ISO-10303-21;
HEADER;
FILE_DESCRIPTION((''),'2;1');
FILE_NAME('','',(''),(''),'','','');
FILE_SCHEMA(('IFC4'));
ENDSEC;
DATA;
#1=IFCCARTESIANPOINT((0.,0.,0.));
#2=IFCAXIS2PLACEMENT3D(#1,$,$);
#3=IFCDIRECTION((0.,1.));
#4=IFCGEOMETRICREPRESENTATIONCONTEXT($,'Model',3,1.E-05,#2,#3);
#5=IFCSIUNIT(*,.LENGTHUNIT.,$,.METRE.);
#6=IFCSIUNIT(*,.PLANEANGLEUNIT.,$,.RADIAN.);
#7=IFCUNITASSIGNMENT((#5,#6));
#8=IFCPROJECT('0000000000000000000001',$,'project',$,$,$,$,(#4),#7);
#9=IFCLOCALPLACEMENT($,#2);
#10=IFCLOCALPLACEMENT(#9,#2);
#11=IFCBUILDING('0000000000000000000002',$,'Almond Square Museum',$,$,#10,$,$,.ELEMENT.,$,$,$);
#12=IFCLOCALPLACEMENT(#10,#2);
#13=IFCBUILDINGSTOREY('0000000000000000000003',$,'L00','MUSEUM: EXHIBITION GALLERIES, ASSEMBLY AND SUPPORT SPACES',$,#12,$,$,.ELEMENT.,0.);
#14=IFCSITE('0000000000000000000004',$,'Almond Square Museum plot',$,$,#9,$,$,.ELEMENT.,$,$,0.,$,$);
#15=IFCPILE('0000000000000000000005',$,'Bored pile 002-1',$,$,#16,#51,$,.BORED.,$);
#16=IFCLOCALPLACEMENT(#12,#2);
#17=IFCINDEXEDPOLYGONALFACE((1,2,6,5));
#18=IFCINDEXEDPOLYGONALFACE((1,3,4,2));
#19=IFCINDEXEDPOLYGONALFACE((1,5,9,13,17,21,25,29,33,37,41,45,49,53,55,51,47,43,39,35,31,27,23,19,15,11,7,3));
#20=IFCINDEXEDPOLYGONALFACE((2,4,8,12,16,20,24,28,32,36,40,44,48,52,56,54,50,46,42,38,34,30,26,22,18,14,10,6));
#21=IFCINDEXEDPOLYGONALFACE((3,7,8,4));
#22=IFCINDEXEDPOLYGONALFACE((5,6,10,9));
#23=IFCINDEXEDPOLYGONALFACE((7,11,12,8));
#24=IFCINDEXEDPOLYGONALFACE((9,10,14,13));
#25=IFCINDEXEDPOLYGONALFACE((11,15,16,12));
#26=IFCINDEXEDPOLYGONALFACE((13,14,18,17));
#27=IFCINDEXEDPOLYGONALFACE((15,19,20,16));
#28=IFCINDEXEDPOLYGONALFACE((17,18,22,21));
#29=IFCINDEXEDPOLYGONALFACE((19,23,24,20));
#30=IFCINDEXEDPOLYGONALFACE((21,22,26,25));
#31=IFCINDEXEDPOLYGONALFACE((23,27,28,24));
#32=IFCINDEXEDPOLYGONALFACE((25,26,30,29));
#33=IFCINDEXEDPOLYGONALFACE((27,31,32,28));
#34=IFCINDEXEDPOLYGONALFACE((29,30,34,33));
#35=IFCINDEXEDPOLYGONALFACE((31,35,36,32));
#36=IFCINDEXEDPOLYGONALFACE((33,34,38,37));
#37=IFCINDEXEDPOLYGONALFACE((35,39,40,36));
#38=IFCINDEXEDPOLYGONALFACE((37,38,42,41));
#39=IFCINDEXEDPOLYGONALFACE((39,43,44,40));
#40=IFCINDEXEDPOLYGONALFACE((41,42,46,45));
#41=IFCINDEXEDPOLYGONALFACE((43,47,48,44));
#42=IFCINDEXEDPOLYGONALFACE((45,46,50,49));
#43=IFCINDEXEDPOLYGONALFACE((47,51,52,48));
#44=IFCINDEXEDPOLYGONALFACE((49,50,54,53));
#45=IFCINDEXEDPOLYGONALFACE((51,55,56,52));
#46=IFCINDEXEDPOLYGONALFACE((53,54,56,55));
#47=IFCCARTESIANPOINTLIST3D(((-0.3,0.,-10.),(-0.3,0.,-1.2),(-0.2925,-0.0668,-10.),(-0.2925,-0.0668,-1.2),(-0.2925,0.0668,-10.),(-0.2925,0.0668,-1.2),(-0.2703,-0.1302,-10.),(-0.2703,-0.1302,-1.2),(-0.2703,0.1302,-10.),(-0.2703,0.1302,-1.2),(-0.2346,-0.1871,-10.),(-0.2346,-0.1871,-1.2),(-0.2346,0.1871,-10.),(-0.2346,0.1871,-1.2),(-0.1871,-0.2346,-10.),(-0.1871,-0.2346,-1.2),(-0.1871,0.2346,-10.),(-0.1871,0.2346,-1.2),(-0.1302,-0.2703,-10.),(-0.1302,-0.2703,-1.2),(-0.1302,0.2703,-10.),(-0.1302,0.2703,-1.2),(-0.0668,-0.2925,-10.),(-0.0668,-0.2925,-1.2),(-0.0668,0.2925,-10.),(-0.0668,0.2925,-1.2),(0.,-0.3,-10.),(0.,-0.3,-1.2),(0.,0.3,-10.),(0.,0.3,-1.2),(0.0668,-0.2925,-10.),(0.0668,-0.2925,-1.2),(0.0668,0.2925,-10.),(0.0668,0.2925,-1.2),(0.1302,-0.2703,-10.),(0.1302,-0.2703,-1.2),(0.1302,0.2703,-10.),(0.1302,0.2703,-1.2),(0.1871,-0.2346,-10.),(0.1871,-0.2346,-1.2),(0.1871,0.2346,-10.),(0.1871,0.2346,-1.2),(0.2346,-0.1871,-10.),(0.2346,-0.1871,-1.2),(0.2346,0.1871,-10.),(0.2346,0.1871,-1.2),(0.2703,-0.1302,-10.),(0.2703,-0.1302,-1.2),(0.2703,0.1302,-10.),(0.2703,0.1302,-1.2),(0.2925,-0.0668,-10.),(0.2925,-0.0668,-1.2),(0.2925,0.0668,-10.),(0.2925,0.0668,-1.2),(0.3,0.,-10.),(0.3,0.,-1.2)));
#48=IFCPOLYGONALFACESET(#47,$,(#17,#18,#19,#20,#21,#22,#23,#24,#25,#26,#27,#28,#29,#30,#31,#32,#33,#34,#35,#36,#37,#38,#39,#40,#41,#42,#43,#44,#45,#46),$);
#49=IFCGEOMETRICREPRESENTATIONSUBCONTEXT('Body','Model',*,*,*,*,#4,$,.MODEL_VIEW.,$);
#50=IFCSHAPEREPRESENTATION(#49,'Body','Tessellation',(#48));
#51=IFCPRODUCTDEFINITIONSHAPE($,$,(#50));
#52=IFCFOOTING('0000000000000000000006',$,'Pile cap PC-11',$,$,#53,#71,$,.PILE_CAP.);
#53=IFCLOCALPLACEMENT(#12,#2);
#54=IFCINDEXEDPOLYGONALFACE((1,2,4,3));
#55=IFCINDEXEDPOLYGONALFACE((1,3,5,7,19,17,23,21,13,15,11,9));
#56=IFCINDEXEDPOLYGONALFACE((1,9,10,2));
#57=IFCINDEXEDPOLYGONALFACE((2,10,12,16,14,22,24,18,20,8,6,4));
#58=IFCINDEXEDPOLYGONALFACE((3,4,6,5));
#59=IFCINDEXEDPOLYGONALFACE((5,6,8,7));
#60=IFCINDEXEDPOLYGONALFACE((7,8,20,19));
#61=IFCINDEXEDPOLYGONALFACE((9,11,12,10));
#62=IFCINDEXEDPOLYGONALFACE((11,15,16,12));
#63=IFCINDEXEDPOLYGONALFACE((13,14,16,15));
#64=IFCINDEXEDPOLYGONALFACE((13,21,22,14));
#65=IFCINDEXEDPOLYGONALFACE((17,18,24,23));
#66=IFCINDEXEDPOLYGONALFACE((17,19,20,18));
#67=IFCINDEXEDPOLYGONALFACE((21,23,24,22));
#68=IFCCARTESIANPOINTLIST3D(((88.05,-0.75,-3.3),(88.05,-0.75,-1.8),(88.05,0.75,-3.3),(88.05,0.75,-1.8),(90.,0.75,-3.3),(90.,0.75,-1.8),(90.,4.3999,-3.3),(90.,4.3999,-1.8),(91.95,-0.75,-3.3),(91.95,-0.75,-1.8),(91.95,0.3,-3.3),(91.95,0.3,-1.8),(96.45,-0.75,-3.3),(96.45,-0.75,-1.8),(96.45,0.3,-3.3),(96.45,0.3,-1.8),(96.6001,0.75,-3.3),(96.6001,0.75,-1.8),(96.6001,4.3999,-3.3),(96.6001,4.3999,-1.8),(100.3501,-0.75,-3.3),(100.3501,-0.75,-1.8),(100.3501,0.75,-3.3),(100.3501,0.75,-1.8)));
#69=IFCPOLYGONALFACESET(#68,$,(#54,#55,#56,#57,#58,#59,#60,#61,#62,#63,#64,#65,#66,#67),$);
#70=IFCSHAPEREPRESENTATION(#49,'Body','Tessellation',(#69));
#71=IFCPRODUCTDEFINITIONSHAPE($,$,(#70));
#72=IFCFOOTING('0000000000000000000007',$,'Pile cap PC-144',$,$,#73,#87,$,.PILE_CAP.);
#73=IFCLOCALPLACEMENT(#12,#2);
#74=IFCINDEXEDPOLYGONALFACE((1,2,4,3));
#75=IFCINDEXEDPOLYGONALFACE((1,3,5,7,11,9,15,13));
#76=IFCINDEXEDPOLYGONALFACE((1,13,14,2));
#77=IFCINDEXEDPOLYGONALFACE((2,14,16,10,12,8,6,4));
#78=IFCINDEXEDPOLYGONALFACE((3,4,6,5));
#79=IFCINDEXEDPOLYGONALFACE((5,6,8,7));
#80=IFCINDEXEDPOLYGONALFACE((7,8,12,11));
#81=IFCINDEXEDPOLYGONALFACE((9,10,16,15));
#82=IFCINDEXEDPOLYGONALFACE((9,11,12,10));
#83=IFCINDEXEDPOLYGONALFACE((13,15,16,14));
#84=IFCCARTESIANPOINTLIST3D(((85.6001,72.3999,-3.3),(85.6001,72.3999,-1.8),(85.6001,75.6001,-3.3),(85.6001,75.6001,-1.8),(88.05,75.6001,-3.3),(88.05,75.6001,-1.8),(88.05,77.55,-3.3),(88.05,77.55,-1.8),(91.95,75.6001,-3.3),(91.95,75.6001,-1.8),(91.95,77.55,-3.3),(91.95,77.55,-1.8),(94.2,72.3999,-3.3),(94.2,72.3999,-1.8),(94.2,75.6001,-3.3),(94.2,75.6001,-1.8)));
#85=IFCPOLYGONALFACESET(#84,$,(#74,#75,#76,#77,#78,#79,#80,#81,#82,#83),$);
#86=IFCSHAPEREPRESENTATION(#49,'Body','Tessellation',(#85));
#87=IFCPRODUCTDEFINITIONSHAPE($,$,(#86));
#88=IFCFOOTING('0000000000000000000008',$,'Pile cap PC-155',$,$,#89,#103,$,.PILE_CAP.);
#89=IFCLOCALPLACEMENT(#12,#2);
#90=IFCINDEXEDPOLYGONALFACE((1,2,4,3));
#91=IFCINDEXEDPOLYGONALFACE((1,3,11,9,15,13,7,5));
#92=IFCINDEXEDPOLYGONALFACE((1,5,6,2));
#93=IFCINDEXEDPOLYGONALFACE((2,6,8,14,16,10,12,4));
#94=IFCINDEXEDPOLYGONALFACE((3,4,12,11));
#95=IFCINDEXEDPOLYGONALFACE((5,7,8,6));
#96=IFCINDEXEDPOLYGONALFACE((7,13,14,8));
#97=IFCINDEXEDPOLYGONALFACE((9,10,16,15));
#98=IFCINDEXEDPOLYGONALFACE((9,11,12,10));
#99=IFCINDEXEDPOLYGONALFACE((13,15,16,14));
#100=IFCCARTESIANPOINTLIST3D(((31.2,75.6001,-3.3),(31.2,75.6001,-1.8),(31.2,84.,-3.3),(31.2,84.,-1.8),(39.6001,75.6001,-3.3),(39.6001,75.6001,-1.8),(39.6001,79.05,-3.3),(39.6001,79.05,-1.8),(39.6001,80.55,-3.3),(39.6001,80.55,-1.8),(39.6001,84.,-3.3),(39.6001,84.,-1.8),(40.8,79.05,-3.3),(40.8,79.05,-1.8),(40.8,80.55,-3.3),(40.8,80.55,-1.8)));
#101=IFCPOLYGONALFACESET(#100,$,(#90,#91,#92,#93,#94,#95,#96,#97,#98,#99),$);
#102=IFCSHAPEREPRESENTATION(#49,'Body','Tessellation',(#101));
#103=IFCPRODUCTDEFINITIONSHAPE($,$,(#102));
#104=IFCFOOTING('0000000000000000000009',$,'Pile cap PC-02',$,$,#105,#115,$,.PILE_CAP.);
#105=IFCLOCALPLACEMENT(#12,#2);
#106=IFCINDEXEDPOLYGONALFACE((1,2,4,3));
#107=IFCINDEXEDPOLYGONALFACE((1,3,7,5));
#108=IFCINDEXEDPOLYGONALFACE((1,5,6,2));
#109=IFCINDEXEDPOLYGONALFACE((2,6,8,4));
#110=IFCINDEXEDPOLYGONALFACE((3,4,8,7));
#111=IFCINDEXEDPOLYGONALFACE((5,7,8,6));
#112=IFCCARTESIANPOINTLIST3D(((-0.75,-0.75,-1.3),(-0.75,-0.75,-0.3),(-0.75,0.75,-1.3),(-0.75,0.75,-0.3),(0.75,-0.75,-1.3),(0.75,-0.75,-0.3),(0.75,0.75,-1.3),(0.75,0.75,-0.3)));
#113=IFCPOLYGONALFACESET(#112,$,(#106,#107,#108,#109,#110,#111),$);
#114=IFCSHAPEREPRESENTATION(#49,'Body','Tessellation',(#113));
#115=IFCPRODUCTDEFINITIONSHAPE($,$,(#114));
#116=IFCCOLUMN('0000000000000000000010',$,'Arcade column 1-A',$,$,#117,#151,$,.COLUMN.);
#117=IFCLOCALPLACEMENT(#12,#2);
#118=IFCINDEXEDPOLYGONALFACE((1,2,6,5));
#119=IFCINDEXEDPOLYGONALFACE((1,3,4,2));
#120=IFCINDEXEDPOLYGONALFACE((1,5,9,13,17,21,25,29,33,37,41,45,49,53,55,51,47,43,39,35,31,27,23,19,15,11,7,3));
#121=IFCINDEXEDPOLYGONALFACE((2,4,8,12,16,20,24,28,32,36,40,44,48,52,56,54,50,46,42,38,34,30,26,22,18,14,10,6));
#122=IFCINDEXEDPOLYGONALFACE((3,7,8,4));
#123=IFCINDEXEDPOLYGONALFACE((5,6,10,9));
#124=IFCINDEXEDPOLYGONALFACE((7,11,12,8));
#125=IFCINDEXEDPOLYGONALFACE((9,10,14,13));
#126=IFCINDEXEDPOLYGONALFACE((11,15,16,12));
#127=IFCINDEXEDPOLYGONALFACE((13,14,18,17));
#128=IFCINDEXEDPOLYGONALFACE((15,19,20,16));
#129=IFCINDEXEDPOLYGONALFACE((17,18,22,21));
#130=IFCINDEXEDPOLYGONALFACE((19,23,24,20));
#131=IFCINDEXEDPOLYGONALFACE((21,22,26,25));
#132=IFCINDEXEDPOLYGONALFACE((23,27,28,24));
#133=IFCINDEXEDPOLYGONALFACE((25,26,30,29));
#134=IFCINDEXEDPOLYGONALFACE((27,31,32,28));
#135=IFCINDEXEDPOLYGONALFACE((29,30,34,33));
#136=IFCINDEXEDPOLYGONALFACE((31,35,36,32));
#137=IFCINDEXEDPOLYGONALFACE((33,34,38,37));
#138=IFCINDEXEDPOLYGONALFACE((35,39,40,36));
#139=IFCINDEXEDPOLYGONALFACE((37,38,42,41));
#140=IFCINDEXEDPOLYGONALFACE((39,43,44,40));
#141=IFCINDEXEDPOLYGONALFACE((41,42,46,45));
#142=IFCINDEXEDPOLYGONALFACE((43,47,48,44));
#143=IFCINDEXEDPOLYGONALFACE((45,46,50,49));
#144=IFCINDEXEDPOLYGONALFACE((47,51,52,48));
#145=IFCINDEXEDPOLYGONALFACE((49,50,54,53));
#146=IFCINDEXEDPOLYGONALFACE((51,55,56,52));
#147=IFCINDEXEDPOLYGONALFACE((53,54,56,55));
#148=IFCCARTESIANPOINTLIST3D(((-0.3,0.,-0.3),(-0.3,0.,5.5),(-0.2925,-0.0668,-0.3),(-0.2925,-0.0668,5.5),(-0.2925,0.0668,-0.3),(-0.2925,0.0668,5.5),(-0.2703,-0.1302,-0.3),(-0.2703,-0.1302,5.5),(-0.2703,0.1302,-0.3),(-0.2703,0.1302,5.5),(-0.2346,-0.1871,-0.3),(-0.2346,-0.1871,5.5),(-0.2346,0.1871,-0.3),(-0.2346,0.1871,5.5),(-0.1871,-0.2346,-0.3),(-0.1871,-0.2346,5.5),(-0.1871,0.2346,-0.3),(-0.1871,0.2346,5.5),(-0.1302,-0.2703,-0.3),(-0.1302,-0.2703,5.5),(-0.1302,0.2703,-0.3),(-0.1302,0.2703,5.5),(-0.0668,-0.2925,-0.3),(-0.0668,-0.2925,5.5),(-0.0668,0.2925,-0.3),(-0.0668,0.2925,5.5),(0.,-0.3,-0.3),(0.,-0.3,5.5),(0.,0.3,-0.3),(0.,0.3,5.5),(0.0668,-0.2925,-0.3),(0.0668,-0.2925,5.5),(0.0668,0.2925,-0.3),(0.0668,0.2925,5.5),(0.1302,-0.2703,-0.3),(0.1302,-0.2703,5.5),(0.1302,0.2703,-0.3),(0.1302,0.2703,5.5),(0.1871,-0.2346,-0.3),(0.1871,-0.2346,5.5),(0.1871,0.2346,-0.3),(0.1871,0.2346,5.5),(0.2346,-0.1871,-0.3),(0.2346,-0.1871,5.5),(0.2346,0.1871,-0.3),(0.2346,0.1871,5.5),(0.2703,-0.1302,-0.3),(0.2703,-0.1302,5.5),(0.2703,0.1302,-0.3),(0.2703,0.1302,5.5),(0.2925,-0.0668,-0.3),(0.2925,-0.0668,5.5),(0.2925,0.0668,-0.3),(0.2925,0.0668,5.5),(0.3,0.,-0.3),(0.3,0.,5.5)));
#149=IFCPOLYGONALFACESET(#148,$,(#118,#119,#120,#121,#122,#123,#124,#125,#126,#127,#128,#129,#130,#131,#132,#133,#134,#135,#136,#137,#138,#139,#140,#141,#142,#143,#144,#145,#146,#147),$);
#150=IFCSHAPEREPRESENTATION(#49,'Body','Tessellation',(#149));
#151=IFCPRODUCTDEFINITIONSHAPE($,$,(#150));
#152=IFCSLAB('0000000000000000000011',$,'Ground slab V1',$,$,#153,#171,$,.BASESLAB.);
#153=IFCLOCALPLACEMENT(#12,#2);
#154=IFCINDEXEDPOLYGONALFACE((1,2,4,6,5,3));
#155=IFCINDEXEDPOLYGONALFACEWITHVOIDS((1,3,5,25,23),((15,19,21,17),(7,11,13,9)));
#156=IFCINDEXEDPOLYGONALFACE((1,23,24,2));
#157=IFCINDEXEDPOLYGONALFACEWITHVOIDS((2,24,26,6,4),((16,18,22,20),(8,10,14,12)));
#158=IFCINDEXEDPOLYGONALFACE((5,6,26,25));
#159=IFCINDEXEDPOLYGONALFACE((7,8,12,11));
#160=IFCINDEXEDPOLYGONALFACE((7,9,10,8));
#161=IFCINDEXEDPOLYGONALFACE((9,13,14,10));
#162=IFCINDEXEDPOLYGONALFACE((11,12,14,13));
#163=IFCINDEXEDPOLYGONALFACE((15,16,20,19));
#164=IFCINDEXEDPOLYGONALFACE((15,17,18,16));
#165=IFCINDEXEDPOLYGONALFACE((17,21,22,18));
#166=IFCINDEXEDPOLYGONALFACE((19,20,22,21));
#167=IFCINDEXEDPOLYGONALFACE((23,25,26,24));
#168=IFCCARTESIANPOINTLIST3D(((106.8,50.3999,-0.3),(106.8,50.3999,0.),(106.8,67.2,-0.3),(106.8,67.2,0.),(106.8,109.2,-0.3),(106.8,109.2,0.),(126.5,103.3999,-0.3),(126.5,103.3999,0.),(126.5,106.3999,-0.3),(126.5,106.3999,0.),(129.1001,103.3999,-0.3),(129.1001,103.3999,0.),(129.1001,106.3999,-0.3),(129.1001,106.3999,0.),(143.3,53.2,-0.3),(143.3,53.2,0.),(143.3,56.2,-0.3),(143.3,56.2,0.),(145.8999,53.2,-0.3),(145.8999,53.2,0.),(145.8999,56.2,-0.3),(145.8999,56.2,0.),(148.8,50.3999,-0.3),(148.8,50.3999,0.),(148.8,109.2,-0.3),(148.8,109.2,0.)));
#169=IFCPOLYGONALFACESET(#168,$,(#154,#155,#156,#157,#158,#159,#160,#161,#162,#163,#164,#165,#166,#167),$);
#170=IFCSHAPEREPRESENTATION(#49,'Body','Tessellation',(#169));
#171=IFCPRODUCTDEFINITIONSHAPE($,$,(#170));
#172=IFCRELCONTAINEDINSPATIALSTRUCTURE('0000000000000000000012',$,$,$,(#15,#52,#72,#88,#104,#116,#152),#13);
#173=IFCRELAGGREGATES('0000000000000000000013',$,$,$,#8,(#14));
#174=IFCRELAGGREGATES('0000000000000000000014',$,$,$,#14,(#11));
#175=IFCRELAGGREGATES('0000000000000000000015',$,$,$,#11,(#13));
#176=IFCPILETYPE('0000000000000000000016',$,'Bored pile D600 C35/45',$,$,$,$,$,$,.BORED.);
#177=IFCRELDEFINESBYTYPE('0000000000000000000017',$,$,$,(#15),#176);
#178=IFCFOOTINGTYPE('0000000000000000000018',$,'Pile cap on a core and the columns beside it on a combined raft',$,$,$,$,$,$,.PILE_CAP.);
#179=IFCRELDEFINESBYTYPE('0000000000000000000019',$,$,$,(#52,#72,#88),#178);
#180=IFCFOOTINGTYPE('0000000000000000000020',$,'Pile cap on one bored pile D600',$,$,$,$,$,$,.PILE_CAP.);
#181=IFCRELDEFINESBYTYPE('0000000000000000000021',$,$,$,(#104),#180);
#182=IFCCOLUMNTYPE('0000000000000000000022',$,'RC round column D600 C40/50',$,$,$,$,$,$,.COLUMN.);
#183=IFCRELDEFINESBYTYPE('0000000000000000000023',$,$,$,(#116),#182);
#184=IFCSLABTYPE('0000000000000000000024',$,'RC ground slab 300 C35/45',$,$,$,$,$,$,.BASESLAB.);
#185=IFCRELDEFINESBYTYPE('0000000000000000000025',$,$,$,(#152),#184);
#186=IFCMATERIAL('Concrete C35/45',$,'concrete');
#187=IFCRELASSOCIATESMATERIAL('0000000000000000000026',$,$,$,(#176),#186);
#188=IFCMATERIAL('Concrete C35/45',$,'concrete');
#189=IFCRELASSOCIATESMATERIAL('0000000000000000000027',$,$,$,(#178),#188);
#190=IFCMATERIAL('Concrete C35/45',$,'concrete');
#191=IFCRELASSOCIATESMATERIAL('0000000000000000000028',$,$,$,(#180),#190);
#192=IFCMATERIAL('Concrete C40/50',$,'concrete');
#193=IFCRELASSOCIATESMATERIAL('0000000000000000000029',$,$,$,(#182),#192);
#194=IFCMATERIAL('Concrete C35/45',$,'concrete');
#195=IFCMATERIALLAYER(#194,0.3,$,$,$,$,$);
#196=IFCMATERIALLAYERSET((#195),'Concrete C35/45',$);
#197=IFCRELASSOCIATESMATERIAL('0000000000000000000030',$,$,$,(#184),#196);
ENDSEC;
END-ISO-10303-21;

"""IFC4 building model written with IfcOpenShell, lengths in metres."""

from ifc_helpers import new_model, si_unit, direction, frame, origin, origin_2d, place, context, subcontext, project, spatial, polyline, rectangle, circle, outline, extrude, material, layer, layer_set, material_profile, profile_set, type_object, element, save


model = new_model("IFC4")

# Units and contexts
model_context = context("Model", 3, precision=1e-05, world=origin(), true_north=direction((0.0, 1.0)))
body_context = subcontext(model_context, "Body", "Model", "MODEL_VIEW")
ifc_project = project(units=[si_unit("LENGTHUNIT", "METRE"), si_unit("PLANEANGLEUNIT", "RADIAN")], contexts=[model_context])

# Site, building, storey
site_placement = place(None, origin())
site = spatial("IfcSite", under=ifc_project, at=site_placement, Name="Almond Square Museum plot", CompositionType="ELEMENT", RefElevation=0.0)
building_placement = place(site_placement, origin())
building = spatial("IfcBuilding", under=site, at=building_placement, Name="Almond Square Museum", CompositionType="ELEMENT")
storey_placement = place(building_placement, origin())
storey = spatial("IfcBuildingStorey", under=building, at=storey_placement, Name="L00", Description="MUSEUM: EXHIBITION GALLERIES, ASSEMBLY AND SUPPORT SPACES", CompositionType="ELEMENT", Elevation=0.0)

# Pile
ifc_material_1 = material(Name="Concrete C35/45", Category="concrete")
ifc_material_profile_1 = material_profile(ifc_material_1, circle(Radius=0.3, at=origin_2d()))
ifc_profile_set_1 = profile_set([ifc_material_profile_1], Name="Concrete C35/45")
pile_type = type_object("IfcPileType", Name="Bored pile D600 C35/45", PredefinedType="BORED", material=ifc_profile_set_1)
pile_placement = place(storey_placement, frame((0.0, 0.0, -1.2), z_axis=(0.0, 0.0, -1.0), x_axis=(1.0, 0.0, 0.0)))
element("IfcPile", 1, at=pile_placement, inside=storey, type_object=pile_type, Name="Bored pile 002-1", PredefinedType="BORED", context=body_context, shape_type="SweptSolid", body=[
    extrude(circle(Radius=0.3, at=origin_2d()), origin(), (0.0, 0.0, 1.0), 8.8),
])

# Footings
ifc_material_2 = material(Name="Concrete C35/45", Category="concrete")
footing_type_1 = type_object("IfcFootingType", Name="Pile cap on a core and the columns beside it on a combined raft", PredefinedType="PILE_CAP", material=ifc_material_2)
footing_1_placement = place(storey_placement, frame((0.0, 0.0, -3.3)))
element("IfcFooting", 2, at=footing_1_placement, inside=storey, type_object=footing_type_1, Name="Pile cap PC-11", PredefinedType="PILE_CAP", context=body_context, shape_type="SweptSolid", body=[
    extrude(outline(polyline([(91.95, -0.75), (88.05, -0.75), (88.05, 0.75), (90.0, 0.75), (90.0, 4.3999), (96.6001, 4.3999), (96.6001, 0.75), (100.3501, 0.75), (100.3501, -0.75), (96.45, -0.75), (96.45, 0.3), (91.95, 0.3), (91.95, -0.75)])), origin(), (0.0, 0.0, 1.0), 1.5),
])
footing_2_placement = place(storey_placement, frame((0.0, 0.0, -3.3)))
element("IfcFooting", 3, at=footing_2_placement, inside=storey, type_object=footing_type_1, Name="Pile cap PC-144", PredefinedType="PILE_CAP", context=body_context, shape_type="SweptSolid", body=[
    extrude(outline(polyline([(94.2, 75.6001), (94.2, 72.3999), (85.6001, 72.3999), (85.6001, 75.6001), (88.05, 75.6001), (88.05, 77.55), (91.95, 77.55), (91.95, 75.6001), (94.2, 75.6001)])), origin(), (0.0, 0.0, 1.0), 1.5),
])
footing_3_placement = place(storey_placement, frame((0.0, 0.0, -3.3)))
element("IfcFooting", 4, at=footing_3_placement, inside=storey, type_object=footing_type_1, Name="Pile cap PC-155", PredefinedType="PILE_CAP", context=body_context, shape_type="SweptSolid", body=[
    extrude(outline(polyline([(39.6001, 75.6001), (31.2, 75.6001), (31.2, 84.0), (39.6001, 84.0), (39.6001, 80.55), (40.8, 80.55), (40.8, 79.05), (39.6001, 79.05), (39.6001, 75.6001)])), origin(), (0.0, 0.0, 1.0), 1.5),
])
ifc_material_3 = material(Name="Concrete C35/45", Category="concrete")
footing_type_2 = type_object("IfcFootingType", Name="Pile cap on one bored pile D600", PredefinedType="PILE_CAP", material=ifc_material_3)
footing_4_placement = place(storey_placement, frame((0.0, 0.0, -1.3), z_axis=(0.0, 0.0, 1.0), x_axis=(1.0, 0.0, 0.0)))
element("IfcFooting", 5, at=footing_4_placement, inside=storey, type_object=footing_type_2, Name="Pile cap PC-02", PredefinedType="PILE_CAP", context=body_context, shape_type="SweptSolid", body=[
    extrude(rectangle(XDim=1.5, YDim=1.5, at=origin_2d()), origin(), (0.0, 0.0, 1.0), 1.0),
])

# Column
ifc_material_4 = material(Name="Concrete C40/50", Category="concrete")
ifc_material_profile_2 = material_profile(ifc_material_4, circle(Radius=0.3, at=origin_2d()))
ifc_profile_set_2 = profile_set([ifc_material_profile_2], Name="Concrete C40/50")
column_type = type_object("IfcColumnType", Name="RC round column D600 C40/50", PredefinedType="COLUMN", material=ifc_profile_set_2)
column_placement = place(storey_placement, frame((0.0, 0.0, -0.3), z_axis=(0.0, 0.0, 1.0), x_axis=(1.0, 0.0, 0.0)))
element("IfcColumn", 6, at=column_placement, inside=storey, type_object=column_type, Name="Arcade column 1-A", PredefinedType="COLUMN", context=body_context, shape_type="SweptSolid", body=[
    extrude(circle(Radius=0.3, at=origin_2d()), origin(), (0.0, 0.0, 1.0), 5.8),
])

# Slab
ifc_material_5 = material(Name="Concrete C35/45", Category="concrete")
ifc_layer_1 = layer(ifc_material_5, 0.3)
ifc_layer_set_1 = layer_set([ifc_layer_1], Name="Concrete C35/45")
slab_type_1 = type_object("IfcSlabType", Name="RC ground slab 300 C35/45", PredefinedType="BASESLAB", material=ifc_layer_set_1)
slab_1_placement = place(storey_placement, frame((0.0, 0.0, -0.3)))
element("IfcSlab", 7, at=slab_1_placement, inside=storey, type_object=slab_type_1, Name="Ground slab V1", PredefinedType="BASESLAB", context=body_context, shape_type="SweptSolid", body=[
    extrude(outline(polyline([(106.8, 109.2), (148.8, 109.2), (148.8, 50.3999), (106.8, 50.3999), (106.8, 67.2), (106.8, 109.2)]), holes=[polyline([(145.8999, 56.2), (143.3, 56.2), (143.3, 53.2), (145.8999, 53.2), (145.8999, 56.2)]), polyline([(129.1001, 106.3999), (126.5, 106.3999), (126.5, 103.3999), (129.1001, 103.3999), (129.1001, 106.3999)])]), origin(), (0.0, 0.0, 1.0), 0.3),
])

save(model, "model.ifc")
